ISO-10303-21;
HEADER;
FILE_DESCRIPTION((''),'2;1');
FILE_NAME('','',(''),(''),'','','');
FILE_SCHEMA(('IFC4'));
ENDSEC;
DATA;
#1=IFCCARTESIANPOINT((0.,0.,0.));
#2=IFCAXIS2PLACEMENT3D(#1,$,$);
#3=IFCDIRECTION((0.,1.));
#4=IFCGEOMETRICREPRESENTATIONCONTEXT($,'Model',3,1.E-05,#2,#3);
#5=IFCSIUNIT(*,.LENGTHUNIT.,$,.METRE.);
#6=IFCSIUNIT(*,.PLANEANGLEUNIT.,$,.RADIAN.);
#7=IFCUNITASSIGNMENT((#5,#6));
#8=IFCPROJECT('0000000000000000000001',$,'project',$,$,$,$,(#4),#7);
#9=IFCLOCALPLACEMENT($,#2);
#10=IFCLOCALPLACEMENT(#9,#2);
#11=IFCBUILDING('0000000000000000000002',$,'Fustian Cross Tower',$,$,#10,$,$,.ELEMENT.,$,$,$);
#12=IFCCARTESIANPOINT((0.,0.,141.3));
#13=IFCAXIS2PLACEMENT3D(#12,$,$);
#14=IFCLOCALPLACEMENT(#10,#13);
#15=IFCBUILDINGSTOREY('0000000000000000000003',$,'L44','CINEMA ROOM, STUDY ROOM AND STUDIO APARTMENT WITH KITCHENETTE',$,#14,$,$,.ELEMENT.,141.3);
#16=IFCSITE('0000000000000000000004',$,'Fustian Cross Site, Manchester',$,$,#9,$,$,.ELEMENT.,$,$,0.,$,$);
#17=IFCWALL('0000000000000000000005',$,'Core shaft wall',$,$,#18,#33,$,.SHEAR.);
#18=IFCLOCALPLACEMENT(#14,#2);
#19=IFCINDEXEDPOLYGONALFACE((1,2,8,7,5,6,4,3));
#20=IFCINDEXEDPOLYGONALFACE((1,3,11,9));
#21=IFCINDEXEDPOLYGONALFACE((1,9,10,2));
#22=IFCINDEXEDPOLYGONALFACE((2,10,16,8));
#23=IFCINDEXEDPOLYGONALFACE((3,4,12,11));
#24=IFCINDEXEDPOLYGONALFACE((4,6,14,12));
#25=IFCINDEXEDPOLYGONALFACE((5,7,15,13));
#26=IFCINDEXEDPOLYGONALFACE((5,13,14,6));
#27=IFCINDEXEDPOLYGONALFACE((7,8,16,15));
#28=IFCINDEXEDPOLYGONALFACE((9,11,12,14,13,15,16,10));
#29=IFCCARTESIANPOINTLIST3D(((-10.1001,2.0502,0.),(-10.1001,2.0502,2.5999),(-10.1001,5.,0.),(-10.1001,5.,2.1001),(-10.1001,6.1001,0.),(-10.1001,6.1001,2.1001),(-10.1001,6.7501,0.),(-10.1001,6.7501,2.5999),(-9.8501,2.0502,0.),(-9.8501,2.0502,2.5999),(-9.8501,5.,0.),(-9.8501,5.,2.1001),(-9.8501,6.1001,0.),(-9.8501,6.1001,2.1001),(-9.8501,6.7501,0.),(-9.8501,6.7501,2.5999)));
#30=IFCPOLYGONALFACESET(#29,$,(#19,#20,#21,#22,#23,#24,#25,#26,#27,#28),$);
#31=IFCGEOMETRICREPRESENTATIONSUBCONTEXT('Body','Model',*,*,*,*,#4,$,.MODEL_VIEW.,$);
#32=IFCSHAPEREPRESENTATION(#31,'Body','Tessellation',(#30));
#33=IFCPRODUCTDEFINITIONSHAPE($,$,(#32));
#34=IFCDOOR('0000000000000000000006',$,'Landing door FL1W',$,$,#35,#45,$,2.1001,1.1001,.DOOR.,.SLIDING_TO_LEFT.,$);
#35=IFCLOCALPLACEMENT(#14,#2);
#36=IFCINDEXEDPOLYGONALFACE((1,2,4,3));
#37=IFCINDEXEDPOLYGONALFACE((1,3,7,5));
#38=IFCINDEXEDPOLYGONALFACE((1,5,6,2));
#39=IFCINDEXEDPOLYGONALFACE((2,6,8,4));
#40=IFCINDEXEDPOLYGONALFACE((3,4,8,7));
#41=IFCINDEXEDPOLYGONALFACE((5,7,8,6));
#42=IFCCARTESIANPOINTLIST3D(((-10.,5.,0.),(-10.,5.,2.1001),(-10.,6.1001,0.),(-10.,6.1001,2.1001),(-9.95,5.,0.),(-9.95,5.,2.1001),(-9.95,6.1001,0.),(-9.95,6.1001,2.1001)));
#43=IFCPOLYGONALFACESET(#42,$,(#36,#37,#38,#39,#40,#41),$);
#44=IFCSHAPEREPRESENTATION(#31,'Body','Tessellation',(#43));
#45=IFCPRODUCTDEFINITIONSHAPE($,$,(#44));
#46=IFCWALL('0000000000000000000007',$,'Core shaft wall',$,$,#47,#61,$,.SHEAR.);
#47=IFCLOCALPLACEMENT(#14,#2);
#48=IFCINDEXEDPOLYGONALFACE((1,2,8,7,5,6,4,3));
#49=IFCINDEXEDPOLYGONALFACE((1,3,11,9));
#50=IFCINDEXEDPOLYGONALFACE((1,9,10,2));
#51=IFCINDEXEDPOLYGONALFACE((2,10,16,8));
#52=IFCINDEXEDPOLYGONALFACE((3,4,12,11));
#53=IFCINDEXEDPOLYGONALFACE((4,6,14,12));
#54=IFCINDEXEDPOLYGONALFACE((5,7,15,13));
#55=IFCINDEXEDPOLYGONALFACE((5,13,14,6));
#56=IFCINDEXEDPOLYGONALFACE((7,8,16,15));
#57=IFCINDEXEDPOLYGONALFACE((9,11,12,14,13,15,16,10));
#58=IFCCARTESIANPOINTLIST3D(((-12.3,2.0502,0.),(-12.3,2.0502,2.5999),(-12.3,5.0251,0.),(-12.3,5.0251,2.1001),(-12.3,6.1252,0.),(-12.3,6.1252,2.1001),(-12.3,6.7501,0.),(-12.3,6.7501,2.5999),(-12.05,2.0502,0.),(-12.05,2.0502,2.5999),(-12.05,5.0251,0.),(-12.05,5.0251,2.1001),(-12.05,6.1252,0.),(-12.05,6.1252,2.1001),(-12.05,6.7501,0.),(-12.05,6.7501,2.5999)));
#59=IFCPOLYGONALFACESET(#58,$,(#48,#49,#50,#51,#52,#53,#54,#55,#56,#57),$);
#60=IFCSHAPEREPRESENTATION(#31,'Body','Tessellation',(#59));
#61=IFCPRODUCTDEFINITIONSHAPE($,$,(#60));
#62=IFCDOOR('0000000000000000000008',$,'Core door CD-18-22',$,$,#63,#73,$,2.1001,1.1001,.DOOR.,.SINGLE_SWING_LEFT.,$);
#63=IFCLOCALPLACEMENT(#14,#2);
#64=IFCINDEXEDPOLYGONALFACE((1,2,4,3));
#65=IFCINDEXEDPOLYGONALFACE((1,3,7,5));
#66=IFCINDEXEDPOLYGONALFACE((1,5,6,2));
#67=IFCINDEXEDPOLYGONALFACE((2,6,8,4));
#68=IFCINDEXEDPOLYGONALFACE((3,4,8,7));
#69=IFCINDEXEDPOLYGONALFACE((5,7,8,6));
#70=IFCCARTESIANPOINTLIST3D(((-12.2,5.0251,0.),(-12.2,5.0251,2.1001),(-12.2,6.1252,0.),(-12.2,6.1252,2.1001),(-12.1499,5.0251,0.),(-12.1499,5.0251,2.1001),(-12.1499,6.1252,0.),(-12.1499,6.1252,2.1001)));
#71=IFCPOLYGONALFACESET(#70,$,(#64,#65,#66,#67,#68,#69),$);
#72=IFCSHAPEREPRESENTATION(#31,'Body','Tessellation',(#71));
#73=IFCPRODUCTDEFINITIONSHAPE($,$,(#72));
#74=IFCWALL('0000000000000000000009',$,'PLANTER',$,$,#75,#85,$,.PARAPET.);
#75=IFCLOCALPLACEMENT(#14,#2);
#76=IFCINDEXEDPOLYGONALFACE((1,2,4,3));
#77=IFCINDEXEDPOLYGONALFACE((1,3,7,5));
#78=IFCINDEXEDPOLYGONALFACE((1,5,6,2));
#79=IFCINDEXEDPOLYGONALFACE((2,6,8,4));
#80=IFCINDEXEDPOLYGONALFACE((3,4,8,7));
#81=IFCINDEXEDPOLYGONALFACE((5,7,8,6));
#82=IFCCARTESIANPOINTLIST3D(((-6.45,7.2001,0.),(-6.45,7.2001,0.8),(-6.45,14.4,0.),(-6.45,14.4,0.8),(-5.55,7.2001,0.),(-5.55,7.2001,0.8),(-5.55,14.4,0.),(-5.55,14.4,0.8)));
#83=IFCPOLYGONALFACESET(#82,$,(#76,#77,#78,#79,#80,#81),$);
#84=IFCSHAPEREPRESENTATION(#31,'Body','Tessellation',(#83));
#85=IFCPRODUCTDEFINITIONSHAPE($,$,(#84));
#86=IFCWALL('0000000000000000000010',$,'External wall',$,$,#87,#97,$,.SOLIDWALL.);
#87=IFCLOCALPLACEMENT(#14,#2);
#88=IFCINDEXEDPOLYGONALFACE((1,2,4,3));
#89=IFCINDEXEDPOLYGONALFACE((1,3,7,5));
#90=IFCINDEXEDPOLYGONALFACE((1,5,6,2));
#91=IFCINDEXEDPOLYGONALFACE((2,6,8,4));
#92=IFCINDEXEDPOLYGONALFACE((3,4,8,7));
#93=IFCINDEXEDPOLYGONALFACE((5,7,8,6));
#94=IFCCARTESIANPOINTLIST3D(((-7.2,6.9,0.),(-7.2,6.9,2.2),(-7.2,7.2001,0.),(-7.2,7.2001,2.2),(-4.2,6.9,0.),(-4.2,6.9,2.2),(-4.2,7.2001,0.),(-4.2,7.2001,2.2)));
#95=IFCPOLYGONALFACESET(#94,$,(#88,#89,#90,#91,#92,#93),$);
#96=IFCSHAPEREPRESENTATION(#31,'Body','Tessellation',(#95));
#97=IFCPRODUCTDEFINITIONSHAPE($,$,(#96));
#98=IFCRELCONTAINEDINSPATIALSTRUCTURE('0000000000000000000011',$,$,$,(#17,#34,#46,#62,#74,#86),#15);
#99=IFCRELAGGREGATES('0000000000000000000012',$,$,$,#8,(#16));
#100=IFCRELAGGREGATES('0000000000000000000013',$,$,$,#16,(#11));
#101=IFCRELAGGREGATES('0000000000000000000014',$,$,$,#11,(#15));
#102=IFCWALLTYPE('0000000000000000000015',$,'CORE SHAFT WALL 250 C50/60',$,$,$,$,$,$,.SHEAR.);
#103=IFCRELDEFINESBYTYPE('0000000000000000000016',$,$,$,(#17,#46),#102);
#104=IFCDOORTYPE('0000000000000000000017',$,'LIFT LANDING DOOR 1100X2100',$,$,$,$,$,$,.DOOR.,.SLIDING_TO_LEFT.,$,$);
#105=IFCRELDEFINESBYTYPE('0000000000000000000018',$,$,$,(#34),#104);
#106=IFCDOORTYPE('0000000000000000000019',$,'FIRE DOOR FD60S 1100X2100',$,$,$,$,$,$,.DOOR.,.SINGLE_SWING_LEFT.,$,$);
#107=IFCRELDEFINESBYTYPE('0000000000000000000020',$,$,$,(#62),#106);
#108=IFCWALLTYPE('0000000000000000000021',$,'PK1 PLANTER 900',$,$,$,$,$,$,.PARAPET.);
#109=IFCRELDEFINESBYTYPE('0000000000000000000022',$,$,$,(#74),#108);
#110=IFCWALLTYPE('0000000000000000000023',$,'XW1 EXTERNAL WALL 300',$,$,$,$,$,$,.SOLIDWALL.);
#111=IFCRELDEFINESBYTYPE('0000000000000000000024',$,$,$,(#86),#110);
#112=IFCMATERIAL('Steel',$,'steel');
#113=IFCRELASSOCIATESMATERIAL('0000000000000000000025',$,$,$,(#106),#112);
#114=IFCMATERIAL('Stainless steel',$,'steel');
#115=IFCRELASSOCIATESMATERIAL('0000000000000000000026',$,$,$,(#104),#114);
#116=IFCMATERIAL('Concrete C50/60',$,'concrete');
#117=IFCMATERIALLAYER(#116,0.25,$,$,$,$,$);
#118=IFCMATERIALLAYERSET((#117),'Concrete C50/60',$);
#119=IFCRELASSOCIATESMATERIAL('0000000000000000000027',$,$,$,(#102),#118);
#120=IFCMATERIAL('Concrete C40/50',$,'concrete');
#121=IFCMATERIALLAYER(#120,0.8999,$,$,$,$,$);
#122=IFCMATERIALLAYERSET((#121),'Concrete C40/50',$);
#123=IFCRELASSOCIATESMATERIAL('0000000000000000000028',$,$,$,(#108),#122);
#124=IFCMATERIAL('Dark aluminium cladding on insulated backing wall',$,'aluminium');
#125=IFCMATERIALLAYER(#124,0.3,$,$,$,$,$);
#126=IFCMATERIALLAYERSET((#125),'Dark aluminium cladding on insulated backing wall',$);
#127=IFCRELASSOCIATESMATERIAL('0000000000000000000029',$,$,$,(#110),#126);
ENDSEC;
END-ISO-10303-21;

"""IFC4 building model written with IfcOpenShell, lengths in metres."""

from ifc_helpers import new_model, si_unit, direction, frame, frame_2d, origin, place, context, subcontext, project, spatial, rectangle, extrude, material, layer, layer_set, type_object, element, fill, save


model = new_model("IFC4")

# Units and contexts
model_context = context("Model", 3, precision=1e-05, world=origin(), true_north=direction((0.0, 1.0)))
body_context = subcontext(model_context, "Body", "Model", "MODEL_VIEW")
ifc_project = project(units=[si_unit("LENGTHUNIT", "METRE"), si_unit("PLANEANGLEUNIT", "RADIAN")], contexts=[model_context])

# Site, building, storey
site_placement = place(None, origin())
site = spatial("IfcSite", under=ifc_project, at=site_placement, Name="Fustian Cross Site, Manchester", CompositionType="ELEMENT", RefElevation=0.0)
building_placement = place(site_placement, origin())
building = spatial("IfcBuilding", under=site, at=building_placement, Name="Fustian Cross Tower", CompositionType="ELEMENT")
storey_placement = place(building_placement, frame((0.0, 0.0, 141.3)))
storey = spatial("IfcBuildingStorey", under=building, at=storey_placement, Name="L44", Description="CINEMA ROOM, STUDY ROOM AND STUDIO APARTMENT WITH KITCHENETTE", CompositionType="ELEMENT", Elevation=141.3)

# Shared definitions
ifc_material_1 = material(Name="Steel", Category="steel")
door_type_1 = type_object("IfcDoorType", Name="FIRE DOOR FD60S 1100X2100", OperationType="SINGLE_SWING_LEFT", PredefinedType="DOOR", material=ifc_material_1)
ifc_material_2 = material(Name="Stainless steel", Category="steel")
door_type_2 = type_object("IfcDoorType", Name="LIFT LANDING DOOR 1100X2100", OperationType="SLIDING_TO_LEFT", PredefinedType="DOOR", material=ifc_material_2)

# Shared definitions
ifc_material_3 = material(Name="Concrete C50/60", Category="concrete")
ifc_layer_1 = layer(ifc_material_3, 0.25)
ifc_layer_set_1 = layer_set([ifc_layer_1], Name="Concrete C50/60")
wall_type_1 = type_object("IfcWallType", Name="CORE SHAFT WALL 250 C50/60", PredefinedType="SHEAR", material=ifc_layer_set_1)

# Walls, openings, doors
wall_1_placement = place(storey_placement, frame((-9.9751, 2.05, 0.0), z_axis=(0.0, 0.0, 1.0), x_axis=(0.0, 1.0, 0.0)))
wall_1 = element("IfcWall", 1, at=wall_1_placement, inside=storey, type_object=wall_type_1, Name="Core shaft wall", PredefinedType="SHEAR", context=body_context, shape_type="SweptSolid", body=[
    extrude(rectangle(XDim=4.7, YDim=0.25, at=frame_2d((2.3501, 0.0))), origin(), (0.0, 0.0, 1.0), 2.5999),
])
opening_1_placement = place(wall_1_placement, frame((2.95, 0.0, 0.0)))
opening_1 = element("IfcOpeningElement", 2, at=opening_1_placement, cuts=wall_1, PredefinedType="OPENING", context=body_context, shape_type="SweptSolid", body=[
    extrude(rectangle(XDim=1.1001, YDim=2.1001, at=frame_2d((0.55, 1.05))), frame((0.0, 0.135, 0.0), z_axis=(0.0, -1.0, 0.0), x_axis=(1.0, 0.0, 0.0)), (0.0, 0.0, 1.0), 0.27),
])
door_1_placement = place(opening_1_placement, origin())
door_1 = element("IfcDoor", 3, at=door_1_placement, inside=storey, type_object=door_type_2, Name="Landing door FL1W", OperationType="SLIDING_TO_LEFT", OverallHeight=2.1001, OverallWidth=1.1001, PredefinedType="DOOR", context=body_context, shape_type="SweptSolid", body=[
    extrude(rectangle(XDim=1.1001, YDim=2.1001, at=frame_2d((0.55, 1.05))), frame((0.0, 0.0249, 0.0), z_axis=(0.0, -1.0, 0.0), x_axis=(1.0, 0.0, 0.0)), (0.0, 0.0, 1.0), 0.05),
])
fill(opening_1, door_1)
wall_2_placement = place(storey_placement, frame((-12.175, 2.05, 0.0), z_axis=(0.0, 0.0, 1.0), x_axis=(0.0, 1.0, 0.0)))
wall_2 = element("IfcWall", 4, at=wall_2_placement, inside=storey, type_object=wall_type_1, Name="Core shaft wall", PredefinedType="SHEAR", context=body_context, shape_type="SweptSolid", body=[
    extrude(rectangle(XDim=4.7, YDim=0.25, at=frame_2d((2.3501, 0.0))), origin(), (0.0, 0.0, 1.0), 2.5999),
])
opening_2_placement = place(wall_2_placement, frame((2.9751, 0.0, 0.0)))
opening_2 = element("IfcOpeningElement", 5, at=opening_2_placement, cuts=wall_2, PredefinedType="OPENING", context=body_context, shape_type="SweptSolid", body=[
    extrude(rectangle(XDim=1.1001, YDim=2.1001, at=frame_2d((0.55, 1.05))), frame((0.0, 0.135, 0.0), z_axis=(0.0, -1.0, 0.0), x_axis=(1.0, 0.0, 0.0)), (0.0, 0.0, 1.0), 0.27),
])
door_2_placement = place(opening_2_placement, origin())
door_2 = element("IfcDoor", 6, at=door_2_placement, inside=storey, type_object=door_type_1, Name="Core door CD-18-22", OperationType="SINGLE_SWING_LEFT", OverallHeight=2.1001, OverallWidth=1.1001, PredefinedType="DOOR", context=body_context, shape_type="SweptSolid", body=[
    extrude(rectangle(XDim=1.1001, YDim=2.1001, at=frame_2d((0.55, 1.05))), frame((0.0, 0.0249, 0.0), z_axis=(0.0, -1.0, 0.0), x_axis=(1.0, 0.0, 0.0)), (0.0, 0.0, 1.0), 0.05),
])
fill(opening_2, door_2)

# Walls
ifc_material_4 = material(Name="Concrete C40/50", Category="concrete")
ifc_layer_2 = layer(ifc_material_4, 0.8999)
ifc_layer_set_2 = layer_set([ifc_layer_2], Name="Concrete C40/50")
wall_type_2 = type_object("IfcWallType", Name="PK1 PLANTER 900", PredefinedType="PARAPET", material=ifc_layer_set_2)
wall_3_placement = place(storey_placement, frame((-6.0, 7.2, 0.0), z_axis=(0.0, 0.0, 1.0), x_axis=(0.0, 1.0, 0.0)))
element("IfcWall", 7, at=wall_3_placement, inside=storey, type_object=wall_type_2, Name="PLANTER", PredefinedType="PARAPET", context=body_context, shape_type="SweptSolid", body=[
    extrude(rectangle(XDim=7.2, YDim=0.8999, at=frame_2d((3.6001, 0.0))), origin(), (0.0, 0.0, 1.0), 0.8),
])
ifc_material_5 = material(Name="Dark aluminium cladding on insulated backing wall", Category="aluminium")
ifc_layer_3 = layer(ifc_material_5, 0.3)
ifc_layer_set_3 = layer_set([ifc_layer_3], Name="Dark aluminium cladding on insulated backing wall")
wall_type_3 = type_object("IfcWallType", Name="XW1 EXTERNAL WALL 300", PredefinedType="SOLIDWALL", material=ifc_layer_set_3)
wall_4_placement = place(storey_placement, frame((-4.2, 7.05, 0.0), z_axis=(0.0, 0.0, 1.0), x_axis=(-1.0, 0.0, 0.0)))
element("IfcWall", 8, at=wall_4_placement, inside=storey, type_object=wall_type_3, Name="External wall", PredefinedType="SOLIDWALL", context=body_context, shape_type="SweptSolid", body=[
    extrude(rectangle(XDim=3.0, YDim=0.3, at=frame_2d((1.5, 0.0))), origin(), (0.0, 0.0, 1.0), 2.2),
])

save(model, "model.ifc")
